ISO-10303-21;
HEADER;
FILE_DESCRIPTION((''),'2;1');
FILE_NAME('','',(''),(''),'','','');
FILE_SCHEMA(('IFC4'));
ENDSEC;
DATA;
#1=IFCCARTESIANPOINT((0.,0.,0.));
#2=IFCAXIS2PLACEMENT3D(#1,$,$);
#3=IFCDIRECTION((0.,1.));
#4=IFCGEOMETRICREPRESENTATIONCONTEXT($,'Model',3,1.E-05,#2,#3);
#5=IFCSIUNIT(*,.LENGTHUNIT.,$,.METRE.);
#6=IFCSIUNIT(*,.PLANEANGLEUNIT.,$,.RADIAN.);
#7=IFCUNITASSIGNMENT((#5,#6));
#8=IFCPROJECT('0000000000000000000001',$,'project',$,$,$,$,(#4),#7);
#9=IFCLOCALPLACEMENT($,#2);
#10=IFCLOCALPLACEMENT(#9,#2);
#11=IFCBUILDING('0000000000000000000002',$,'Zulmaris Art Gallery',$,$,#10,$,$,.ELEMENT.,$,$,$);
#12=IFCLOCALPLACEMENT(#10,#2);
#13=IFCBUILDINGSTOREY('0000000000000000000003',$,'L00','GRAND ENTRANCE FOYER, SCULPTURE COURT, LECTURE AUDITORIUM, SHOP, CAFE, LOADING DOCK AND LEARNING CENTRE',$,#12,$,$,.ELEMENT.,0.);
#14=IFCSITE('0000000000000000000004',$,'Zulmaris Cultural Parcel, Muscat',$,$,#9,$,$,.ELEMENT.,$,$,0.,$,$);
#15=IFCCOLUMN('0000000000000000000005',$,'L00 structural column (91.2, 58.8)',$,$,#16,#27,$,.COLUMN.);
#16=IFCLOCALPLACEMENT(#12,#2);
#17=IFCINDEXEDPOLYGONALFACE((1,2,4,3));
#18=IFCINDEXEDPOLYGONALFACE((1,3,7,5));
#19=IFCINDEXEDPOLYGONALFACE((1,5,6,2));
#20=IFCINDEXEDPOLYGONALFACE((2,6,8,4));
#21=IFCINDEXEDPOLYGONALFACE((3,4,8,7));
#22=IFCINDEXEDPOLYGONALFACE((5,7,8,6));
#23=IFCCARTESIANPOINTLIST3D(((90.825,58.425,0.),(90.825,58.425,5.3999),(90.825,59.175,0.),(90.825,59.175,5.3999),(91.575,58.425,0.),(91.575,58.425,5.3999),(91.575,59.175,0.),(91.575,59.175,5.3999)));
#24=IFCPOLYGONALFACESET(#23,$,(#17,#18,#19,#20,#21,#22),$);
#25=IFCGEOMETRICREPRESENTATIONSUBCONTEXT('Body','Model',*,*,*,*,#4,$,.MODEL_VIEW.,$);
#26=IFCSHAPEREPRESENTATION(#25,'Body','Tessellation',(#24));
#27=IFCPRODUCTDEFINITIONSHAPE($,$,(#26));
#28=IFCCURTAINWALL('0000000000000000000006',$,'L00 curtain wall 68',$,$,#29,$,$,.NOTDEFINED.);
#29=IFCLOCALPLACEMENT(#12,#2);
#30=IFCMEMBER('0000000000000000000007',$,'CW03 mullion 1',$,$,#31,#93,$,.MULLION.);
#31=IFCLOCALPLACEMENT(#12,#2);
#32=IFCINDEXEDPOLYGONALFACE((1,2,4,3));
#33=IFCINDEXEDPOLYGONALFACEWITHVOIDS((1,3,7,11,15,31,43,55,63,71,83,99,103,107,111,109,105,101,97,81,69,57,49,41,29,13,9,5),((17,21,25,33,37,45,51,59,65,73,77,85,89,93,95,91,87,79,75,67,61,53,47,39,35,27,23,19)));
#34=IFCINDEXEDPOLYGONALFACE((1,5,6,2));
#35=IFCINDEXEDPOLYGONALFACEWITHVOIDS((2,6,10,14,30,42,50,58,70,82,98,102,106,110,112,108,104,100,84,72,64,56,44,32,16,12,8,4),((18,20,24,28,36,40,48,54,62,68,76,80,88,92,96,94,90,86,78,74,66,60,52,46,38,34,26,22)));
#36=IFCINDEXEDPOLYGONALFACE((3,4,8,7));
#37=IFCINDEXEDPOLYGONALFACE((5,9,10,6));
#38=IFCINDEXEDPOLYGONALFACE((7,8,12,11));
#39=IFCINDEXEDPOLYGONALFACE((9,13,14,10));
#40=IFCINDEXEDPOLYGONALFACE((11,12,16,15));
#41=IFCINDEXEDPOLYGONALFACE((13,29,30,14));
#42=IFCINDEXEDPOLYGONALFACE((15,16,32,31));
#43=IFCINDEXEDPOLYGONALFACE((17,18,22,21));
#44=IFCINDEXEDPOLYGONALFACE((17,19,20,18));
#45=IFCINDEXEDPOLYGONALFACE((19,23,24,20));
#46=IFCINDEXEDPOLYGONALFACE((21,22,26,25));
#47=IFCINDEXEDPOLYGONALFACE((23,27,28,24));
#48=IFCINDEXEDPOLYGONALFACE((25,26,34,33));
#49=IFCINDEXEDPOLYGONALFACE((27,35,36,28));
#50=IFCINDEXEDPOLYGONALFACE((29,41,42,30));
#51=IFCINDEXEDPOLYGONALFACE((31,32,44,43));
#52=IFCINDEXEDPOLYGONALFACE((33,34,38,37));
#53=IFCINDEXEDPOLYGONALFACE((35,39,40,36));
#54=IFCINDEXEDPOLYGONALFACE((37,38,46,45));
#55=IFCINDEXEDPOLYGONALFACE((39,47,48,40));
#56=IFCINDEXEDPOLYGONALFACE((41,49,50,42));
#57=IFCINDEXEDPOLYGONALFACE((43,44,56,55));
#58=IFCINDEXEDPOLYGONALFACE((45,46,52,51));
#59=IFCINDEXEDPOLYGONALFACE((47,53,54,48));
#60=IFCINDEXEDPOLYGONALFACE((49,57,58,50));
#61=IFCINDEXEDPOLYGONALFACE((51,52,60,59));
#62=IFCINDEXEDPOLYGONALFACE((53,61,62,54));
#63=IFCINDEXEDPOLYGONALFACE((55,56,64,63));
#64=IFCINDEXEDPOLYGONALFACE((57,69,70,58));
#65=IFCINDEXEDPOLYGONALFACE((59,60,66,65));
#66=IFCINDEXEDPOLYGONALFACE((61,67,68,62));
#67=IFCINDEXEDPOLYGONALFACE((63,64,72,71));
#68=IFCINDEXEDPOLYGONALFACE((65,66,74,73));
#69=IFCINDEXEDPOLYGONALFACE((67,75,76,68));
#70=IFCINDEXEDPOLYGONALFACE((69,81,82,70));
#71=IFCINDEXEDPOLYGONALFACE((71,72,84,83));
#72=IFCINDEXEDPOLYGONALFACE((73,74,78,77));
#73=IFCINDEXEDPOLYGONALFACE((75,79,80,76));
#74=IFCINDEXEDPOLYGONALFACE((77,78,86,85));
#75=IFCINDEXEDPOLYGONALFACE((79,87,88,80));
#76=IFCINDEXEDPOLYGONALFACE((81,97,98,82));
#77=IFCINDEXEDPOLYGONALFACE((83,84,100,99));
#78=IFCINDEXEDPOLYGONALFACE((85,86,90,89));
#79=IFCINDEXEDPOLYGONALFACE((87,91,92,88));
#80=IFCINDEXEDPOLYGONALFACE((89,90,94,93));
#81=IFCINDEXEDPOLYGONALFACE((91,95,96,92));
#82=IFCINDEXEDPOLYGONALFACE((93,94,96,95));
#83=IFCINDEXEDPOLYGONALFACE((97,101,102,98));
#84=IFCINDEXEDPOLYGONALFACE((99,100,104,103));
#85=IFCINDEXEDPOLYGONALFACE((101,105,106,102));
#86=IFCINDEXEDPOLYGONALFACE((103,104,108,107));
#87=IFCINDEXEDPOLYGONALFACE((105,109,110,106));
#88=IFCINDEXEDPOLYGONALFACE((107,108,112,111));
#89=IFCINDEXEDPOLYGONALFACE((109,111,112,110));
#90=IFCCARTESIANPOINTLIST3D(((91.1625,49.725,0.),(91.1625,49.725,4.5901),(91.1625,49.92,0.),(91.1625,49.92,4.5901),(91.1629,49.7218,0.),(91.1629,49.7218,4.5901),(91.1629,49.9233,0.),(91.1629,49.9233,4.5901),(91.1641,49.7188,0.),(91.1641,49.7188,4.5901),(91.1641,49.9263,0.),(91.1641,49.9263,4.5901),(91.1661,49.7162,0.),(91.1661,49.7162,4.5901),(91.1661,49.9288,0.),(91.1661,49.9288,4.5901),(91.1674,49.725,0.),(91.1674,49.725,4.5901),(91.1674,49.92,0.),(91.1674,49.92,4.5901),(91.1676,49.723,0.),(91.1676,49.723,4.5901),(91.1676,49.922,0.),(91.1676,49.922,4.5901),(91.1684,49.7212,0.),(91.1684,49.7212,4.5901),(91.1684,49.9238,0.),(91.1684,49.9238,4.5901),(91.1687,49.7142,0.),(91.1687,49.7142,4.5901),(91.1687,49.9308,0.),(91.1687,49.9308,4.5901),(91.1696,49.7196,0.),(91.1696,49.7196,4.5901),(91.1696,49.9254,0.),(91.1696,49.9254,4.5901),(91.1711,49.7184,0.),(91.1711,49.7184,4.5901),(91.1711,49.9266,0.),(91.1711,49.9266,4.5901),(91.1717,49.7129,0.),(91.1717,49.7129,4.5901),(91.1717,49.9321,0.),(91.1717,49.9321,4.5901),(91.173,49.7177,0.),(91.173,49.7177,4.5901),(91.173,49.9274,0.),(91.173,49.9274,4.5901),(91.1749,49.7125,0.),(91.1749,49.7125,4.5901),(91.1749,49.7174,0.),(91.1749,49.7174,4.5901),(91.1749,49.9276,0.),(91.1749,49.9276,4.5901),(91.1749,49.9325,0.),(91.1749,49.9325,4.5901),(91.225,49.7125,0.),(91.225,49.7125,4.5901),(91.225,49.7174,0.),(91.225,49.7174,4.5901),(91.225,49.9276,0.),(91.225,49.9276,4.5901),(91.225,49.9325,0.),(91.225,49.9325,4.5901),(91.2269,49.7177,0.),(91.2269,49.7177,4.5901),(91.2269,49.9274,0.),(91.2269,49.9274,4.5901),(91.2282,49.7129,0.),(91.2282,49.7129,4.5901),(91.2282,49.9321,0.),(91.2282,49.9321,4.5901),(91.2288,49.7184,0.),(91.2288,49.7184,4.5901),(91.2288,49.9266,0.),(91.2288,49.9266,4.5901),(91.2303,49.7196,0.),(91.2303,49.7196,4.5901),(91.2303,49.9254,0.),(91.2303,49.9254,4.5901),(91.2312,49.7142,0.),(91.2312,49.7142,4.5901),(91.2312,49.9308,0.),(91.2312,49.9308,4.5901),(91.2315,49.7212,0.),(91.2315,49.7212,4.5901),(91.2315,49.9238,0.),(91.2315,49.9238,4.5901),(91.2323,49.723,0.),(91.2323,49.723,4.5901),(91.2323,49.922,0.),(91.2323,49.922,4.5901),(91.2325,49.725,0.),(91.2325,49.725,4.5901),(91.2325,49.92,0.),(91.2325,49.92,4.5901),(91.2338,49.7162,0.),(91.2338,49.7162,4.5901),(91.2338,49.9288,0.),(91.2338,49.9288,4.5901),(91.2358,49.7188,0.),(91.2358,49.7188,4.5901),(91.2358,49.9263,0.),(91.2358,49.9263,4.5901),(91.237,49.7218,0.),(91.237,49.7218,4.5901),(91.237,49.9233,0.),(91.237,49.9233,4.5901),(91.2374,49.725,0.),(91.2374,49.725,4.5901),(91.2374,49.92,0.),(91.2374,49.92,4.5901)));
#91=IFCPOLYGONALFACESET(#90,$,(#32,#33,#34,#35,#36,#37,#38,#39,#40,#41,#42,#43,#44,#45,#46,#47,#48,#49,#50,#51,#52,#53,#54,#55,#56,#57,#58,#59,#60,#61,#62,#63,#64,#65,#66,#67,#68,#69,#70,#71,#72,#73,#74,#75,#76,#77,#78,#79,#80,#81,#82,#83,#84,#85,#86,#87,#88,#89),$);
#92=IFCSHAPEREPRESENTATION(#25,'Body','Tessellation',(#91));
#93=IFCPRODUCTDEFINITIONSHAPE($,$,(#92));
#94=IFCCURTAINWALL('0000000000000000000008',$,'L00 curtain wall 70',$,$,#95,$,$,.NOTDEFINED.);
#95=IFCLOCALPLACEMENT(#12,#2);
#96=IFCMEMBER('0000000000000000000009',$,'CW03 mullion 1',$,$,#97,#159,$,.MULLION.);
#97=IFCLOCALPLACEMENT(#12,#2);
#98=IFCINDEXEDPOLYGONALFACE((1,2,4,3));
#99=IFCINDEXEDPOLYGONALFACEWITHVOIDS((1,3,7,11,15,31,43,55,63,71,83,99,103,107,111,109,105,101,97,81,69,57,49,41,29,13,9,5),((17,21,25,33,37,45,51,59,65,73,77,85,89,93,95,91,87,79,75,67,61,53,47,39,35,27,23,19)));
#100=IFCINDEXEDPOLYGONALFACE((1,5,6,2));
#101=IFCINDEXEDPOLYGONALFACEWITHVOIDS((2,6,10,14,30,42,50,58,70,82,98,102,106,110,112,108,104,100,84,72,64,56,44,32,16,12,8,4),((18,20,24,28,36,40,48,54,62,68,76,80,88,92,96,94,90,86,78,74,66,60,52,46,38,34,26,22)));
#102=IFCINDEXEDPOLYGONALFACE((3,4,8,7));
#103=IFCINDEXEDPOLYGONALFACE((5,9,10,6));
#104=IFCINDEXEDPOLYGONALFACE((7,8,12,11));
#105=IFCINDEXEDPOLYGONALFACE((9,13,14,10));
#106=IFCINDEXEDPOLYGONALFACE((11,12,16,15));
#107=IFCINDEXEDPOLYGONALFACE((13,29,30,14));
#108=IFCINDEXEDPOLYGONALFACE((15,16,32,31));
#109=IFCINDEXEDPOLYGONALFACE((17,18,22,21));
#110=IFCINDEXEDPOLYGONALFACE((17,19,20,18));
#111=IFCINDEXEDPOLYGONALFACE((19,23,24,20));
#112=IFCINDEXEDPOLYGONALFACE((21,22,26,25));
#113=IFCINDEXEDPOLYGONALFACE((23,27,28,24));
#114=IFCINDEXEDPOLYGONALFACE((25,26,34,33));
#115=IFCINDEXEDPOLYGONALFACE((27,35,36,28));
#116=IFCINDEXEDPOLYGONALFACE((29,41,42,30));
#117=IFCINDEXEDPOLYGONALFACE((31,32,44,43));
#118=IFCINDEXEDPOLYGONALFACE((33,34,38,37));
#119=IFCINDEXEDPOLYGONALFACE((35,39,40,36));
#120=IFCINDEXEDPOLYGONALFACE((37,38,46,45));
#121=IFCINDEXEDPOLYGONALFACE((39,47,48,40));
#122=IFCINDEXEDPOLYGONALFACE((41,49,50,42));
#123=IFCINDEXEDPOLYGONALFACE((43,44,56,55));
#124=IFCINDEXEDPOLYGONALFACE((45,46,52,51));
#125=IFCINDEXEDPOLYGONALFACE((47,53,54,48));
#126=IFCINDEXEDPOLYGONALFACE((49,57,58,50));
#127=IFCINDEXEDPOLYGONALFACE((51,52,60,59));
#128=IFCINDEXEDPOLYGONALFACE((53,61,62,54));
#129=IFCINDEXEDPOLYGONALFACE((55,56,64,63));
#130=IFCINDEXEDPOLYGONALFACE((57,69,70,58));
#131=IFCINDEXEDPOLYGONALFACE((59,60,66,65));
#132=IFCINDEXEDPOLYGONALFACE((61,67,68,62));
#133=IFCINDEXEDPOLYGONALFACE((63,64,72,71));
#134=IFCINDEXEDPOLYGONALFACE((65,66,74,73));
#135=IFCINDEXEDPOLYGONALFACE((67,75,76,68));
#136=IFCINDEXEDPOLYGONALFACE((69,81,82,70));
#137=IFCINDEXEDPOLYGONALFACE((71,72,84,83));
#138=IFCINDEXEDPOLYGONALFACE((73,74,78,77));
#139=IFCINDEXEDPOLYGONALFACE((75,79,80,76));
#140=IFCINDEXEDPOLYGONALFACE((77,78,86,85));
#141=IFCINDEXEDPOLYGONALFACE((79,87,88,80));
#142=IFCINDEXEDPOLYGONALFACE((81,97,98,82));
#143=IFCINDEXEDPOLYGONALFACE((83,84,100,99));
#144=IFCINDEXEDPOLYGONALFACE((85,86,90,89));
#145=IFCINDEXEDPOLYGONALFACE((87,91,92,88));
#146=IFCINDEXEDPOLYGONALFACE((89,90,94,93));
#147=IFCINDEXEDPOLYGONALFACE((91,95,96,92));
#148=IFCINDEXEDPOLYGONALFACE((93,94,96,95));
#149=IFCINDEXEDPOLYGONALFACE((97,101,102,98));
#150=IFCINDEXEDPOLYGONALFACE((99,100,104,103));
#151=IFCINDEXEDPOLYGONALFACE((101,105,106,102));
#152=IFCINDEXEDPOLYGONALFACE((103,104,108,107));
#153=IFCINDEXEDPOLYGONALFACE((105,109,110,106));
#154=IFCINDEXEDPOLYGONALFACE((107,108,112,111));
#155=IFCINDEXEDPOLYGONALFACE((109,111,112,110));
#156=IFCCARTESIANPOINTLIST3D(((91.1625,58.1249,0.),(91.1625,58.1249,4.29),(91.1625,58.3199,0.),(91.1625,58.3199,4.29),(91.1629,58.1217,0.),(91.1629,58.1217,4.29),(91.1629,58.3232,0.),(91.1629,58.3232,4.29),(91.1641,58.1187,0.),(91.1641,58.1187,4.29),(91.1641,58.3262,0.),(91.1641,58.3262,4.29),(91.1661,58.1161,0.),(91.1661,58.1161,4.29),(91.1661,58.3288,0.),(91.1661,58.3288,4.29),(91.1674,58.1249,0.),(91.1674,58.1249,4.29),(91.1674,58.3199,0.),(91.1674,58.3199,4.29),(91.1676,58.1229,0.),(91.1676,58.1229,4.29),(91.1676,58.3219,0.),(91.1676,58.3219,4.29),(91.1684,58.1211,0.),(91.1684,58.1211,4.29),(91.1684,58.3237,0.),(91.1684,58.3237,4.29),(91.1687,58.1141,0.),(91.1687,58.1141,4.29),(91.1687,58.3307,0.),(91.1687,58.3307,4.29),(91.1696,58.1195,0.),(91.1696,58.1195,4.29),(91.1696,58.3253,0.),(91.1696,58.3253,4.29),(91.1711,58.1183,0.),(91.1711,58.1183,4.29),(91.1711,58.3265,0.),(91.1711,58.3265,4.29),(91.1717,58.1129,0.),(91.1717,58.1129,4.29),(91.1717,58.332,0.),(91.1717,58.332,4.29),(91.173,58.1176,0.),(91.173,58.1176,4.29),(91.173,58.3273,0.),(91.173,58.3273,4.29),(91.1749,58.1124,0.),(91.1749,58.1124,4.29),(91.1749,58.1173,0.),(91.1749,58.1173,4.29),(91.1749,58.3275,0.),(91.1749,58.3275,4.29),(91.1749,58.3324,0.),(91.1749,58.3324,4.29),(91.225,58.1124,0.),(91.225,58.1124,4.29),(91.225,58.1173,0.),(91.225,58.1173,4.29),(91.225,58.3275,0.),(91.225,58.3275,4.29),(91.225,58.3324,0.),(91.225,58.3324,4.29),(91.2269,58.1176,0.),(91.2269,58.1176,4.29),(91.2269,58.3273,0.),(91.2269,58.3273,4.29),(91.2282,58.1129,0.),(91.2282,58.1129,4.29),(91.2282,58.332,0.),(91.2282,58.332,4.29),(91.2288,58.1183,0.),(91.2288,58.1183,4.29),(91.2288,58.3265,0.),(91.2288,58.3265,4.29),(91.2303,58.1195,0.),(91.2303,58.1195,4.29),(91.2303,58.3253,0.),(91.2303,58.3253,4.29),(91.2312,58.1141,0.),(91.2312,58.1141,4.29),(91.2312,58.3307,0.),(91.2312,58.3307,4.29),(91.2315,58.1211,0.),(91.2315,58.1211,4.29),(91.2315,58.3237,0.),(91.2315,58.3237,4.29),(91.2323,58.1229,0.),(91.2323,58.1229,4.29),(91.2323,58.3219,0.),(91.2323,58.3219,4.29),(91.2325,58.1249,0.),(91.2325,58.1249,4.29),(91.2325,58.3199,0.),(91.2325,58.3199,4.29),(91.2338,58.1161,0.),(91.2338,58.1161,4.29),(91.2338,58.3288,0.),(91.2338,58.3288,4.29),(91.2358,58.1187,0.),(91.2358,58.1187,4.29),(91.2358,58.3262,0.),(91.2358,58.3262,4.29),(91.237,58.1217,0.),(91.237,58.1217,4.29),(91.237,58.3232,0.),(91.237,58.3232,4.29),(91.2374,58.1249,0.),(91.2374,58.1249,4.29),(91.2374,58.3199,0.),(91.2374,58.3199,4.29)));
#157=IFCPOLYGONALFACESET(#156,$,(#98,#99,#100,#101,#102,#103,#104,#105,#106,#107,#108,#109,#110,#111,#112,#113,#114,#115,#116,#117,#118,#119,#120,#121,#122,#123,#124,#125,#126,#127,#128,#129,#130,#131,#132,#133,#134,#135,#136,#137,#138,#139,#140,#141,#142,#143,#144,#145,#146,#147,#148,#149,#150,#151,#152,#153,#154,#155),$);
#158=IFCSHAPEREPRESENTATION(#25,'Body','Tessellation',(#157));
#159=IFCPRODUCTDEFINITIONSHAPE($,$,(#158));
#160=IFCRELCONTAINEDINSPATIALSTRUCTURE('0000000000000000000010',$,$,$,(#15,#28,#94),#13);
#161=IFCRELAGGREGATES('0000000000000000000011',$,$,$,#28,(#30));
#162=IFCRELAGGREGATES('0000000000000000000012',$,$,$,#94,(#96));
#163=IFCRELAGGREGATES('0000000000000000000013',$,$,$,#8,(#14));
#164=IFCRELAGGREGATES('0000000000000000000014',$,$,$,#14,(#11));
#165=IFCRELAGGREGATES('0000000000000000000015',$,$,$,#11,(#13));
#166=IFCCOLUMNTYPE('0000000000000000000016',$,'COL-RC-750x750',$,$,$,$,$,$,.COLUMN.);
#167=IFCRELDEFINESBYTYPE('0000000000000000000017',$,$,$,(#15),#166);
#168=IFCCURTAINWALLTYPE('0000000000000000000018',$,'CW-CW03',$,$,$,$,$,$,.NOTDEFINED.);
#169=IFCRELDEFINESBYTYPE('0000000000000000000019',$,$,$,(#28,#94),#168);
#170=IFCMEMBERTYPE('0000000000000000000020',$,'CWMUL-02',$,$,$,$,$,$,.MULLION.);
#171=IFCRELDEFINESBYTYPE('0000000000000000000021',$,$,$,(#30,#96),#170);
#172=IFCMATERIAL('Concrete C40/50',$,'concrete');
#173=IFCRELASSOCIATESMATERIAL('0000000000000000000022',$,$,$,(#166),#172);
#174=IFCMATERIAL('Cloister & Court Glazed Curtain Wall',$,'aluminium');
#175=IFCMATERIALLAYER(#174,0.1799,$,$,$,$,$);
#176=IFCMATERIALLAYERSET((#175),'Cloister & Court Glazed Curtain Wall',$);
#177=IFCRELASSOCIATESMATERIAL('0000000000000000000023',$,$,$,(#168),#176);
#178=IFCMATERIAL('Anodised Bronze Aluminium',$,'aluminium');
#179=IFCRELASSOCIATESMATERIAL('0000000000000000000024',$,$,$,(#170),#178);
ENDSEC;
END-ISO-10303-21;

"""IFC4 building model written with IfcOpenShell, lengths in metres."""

from ifc_helpers import new_model, si_unit, direction, frame, origin, origin_2d, place, context, subcontext, project, spatial, rectangle, hollow_rectangle, extrude, material, layer, layer_set, material_profile, profile_set, type_object, element, aggregate, save


model = new_model("IFC4")

# Units and contexts
model_context = context("Model", 3, precision=1e-05, world=origin(), true_north=direction((0.0, 1.0)))
body_context = subcontext(model_context, "Body", "Model", "MODEL_VIEW")
ifc_project = project(units=[si_unit("LENGTHUNIT", "METRE"), si_unit("PLANEANGLEUNIT", "RADIAN")], contexts=[model_context])

# Site, building, storey
site_placement = place(None, origin())
site = spatial("IfcSite", under=ifc_project, at=site_placement, Name="Zulmaris Cultural Parcel, Muscat", CompositionType="ELEMENT", RefElevation=0.0)
building_placement = place(site_placement, origin())
building = spatial("IfcBuilding", under=site, at=building_placement, Name="Zulmaris Art Gallery", CompositionType="ELEMENT")
storey_placement = place(building_placement, origin())
storey = spatial("IfcBuildingStorey", under=building, at=storey_placement, Name="L00", Description="GRAND ENTRANCE FOYER, SCULPTURE COURT, LECTURE AUDITORIUM, SHOP, CAFE, LOADING DOCK AND LEARNING CENTRE", CompositionType="ELEMENT", Elevation=0.0)

# Column
ifc_material_1 = material(Name="Concrete C40/50", Category="concrete")
ifc_material_profile_1 = material_profile(ifc_material_1, rectangle(XDim=0.75, YDim=0.75, at=origin_2d()), Name="RC 750x750")
ifc_profile_set_1 = profile_set([ifc_material_profile_1], Name="Concrete C40/50")
column_type = type_object("IfcColumnType", Name="COL-RC-750x750", PredefinedType="COLUMN", material=ifc_profile_set_1)
column_placement = place(storey_placement, frame((91.2, 58.8, 0.0), z_axis=(0.0, 0.0, 1.0), x_axis=(1.0, 0.0, 0.0)))
element("IfcColumn", 1, at=column_placement, inside=storey, type_object=column_type, Name="L00 structural column (91.2, 58.8)", PredefinedType="COLUMN", context=body_context, shape_type="SweptSolid", body=[
    extrude(rectangle(XDim=0.75, YDim=0.75, at=origin_2d()), origin(), (0.0, 0.0, 1.0), 5.3999),
])

# Curtain wall, member
ifc_material_2 = material(Name="Cloister & Court Glazed Curtain Wall", Category="aluminium")
ifc_layer_1 = layer(ifc_material_2, 0.1799)
ifc_layer_set_1 = layer_set([ifc_layer_1], Name="Cloister & Court Glazed Curtain Wall")
curtain_wall_type_1 = type_object("IfcCurtainWallType", Name="CW-CW03", PredefinedType="NOTDEFINED", material=ifc_layer_set_1)
curtain_wall_1_placement = place(storey_placement, origin())
curtain_wall_1 = element("IfcCurtainWall", 2, at=curtain_wall_1_placement, inside=storey, type_object=curtain_wall_type_1, Name="L00 curtain wall 68", PredefinedType="NOTDEFINED")
ifc_material_3 = material(Name="Anodised Bronze Aluminium", Category="aluminium")
ifc_material_profile_2 = material_profile(ifc_material_3, hollow_rectangle(XDim=0.075, YDim=0.22, WallThickness=0.0049, InnerFilletRadius=0.0076, OuterFilletRadius=0.0125, at=origin_2d()), Name="ALU 75x220x5")
ifc_profile_set_2 = profile_set([ifc_material_profile_2], Name="Anodised Bronze Aluminium")
member_type_1 = type_object("IfcMemberType", Name="CWMUL-02", PredefinedType="MULLION", material=ifc_profile_set_2)
member_1_placement = place(storey_placement, frame((91.2, 49.8225, 0.0), z_axis=(0.0, 0.0, 1.0), x_axis=(1.0, 0.0, 0.0)))
member_1 = element("IfcMember", 3, at=member_1_placement, type_object=member_type_1, Name="CW03 mullion 1", PredefinedType="MULLION", context=body_context, shape_type="SweptSolid", body=[
    extrude(hollow_rectangle(XDim=0.075, YDim=0.22, WallThickness=0.0049, InnerFilletRadius=0.0076, OuterFilletRadius=0.0125, at=origin_2d()), origin(), (0.0, 0.0, 1.0), 4.5901),
])

# Curtain wall, member
curtain_wall_2_placement = place(storey_placement, origin())
curtain_wall_2 = element("IfcCurtainWall", 4, at=curtain_wall_2_placement, inside=storey, type_object=curtain_wall_type_1, Name="L00 curtain wall 70", PredefinedType="NOTDEFINED")
member_2_placement = place(storey_placement, frame((91.2, 58.2224, 0.0), z_axis=(0.0, 0.0, 1.0), x_axis=(1.0, 0.0, 0.0)))
member_2 = element("IfcMember", 5, at=member_2_placement, type_object=member_type_1, Name="CW03 mullion 1", PredefinedType="MULLION", context=body_context, shape_type="SweptSolid", body=[
    extrude(hollow_rectangle(XDim=0.075, YDim=0.22, WallThickness=0.0049, InnerFilletRadius=0.0076, OuterFilletRadius=0.0125, at=origin_2d()), origin(), (0.0, 0.0, 1.0), 4.29),
])

aggregate(curtain_wall_1, [member_1])

aggregate(curtain_wall_2, [member_2])

save(model, "model.ifc")
